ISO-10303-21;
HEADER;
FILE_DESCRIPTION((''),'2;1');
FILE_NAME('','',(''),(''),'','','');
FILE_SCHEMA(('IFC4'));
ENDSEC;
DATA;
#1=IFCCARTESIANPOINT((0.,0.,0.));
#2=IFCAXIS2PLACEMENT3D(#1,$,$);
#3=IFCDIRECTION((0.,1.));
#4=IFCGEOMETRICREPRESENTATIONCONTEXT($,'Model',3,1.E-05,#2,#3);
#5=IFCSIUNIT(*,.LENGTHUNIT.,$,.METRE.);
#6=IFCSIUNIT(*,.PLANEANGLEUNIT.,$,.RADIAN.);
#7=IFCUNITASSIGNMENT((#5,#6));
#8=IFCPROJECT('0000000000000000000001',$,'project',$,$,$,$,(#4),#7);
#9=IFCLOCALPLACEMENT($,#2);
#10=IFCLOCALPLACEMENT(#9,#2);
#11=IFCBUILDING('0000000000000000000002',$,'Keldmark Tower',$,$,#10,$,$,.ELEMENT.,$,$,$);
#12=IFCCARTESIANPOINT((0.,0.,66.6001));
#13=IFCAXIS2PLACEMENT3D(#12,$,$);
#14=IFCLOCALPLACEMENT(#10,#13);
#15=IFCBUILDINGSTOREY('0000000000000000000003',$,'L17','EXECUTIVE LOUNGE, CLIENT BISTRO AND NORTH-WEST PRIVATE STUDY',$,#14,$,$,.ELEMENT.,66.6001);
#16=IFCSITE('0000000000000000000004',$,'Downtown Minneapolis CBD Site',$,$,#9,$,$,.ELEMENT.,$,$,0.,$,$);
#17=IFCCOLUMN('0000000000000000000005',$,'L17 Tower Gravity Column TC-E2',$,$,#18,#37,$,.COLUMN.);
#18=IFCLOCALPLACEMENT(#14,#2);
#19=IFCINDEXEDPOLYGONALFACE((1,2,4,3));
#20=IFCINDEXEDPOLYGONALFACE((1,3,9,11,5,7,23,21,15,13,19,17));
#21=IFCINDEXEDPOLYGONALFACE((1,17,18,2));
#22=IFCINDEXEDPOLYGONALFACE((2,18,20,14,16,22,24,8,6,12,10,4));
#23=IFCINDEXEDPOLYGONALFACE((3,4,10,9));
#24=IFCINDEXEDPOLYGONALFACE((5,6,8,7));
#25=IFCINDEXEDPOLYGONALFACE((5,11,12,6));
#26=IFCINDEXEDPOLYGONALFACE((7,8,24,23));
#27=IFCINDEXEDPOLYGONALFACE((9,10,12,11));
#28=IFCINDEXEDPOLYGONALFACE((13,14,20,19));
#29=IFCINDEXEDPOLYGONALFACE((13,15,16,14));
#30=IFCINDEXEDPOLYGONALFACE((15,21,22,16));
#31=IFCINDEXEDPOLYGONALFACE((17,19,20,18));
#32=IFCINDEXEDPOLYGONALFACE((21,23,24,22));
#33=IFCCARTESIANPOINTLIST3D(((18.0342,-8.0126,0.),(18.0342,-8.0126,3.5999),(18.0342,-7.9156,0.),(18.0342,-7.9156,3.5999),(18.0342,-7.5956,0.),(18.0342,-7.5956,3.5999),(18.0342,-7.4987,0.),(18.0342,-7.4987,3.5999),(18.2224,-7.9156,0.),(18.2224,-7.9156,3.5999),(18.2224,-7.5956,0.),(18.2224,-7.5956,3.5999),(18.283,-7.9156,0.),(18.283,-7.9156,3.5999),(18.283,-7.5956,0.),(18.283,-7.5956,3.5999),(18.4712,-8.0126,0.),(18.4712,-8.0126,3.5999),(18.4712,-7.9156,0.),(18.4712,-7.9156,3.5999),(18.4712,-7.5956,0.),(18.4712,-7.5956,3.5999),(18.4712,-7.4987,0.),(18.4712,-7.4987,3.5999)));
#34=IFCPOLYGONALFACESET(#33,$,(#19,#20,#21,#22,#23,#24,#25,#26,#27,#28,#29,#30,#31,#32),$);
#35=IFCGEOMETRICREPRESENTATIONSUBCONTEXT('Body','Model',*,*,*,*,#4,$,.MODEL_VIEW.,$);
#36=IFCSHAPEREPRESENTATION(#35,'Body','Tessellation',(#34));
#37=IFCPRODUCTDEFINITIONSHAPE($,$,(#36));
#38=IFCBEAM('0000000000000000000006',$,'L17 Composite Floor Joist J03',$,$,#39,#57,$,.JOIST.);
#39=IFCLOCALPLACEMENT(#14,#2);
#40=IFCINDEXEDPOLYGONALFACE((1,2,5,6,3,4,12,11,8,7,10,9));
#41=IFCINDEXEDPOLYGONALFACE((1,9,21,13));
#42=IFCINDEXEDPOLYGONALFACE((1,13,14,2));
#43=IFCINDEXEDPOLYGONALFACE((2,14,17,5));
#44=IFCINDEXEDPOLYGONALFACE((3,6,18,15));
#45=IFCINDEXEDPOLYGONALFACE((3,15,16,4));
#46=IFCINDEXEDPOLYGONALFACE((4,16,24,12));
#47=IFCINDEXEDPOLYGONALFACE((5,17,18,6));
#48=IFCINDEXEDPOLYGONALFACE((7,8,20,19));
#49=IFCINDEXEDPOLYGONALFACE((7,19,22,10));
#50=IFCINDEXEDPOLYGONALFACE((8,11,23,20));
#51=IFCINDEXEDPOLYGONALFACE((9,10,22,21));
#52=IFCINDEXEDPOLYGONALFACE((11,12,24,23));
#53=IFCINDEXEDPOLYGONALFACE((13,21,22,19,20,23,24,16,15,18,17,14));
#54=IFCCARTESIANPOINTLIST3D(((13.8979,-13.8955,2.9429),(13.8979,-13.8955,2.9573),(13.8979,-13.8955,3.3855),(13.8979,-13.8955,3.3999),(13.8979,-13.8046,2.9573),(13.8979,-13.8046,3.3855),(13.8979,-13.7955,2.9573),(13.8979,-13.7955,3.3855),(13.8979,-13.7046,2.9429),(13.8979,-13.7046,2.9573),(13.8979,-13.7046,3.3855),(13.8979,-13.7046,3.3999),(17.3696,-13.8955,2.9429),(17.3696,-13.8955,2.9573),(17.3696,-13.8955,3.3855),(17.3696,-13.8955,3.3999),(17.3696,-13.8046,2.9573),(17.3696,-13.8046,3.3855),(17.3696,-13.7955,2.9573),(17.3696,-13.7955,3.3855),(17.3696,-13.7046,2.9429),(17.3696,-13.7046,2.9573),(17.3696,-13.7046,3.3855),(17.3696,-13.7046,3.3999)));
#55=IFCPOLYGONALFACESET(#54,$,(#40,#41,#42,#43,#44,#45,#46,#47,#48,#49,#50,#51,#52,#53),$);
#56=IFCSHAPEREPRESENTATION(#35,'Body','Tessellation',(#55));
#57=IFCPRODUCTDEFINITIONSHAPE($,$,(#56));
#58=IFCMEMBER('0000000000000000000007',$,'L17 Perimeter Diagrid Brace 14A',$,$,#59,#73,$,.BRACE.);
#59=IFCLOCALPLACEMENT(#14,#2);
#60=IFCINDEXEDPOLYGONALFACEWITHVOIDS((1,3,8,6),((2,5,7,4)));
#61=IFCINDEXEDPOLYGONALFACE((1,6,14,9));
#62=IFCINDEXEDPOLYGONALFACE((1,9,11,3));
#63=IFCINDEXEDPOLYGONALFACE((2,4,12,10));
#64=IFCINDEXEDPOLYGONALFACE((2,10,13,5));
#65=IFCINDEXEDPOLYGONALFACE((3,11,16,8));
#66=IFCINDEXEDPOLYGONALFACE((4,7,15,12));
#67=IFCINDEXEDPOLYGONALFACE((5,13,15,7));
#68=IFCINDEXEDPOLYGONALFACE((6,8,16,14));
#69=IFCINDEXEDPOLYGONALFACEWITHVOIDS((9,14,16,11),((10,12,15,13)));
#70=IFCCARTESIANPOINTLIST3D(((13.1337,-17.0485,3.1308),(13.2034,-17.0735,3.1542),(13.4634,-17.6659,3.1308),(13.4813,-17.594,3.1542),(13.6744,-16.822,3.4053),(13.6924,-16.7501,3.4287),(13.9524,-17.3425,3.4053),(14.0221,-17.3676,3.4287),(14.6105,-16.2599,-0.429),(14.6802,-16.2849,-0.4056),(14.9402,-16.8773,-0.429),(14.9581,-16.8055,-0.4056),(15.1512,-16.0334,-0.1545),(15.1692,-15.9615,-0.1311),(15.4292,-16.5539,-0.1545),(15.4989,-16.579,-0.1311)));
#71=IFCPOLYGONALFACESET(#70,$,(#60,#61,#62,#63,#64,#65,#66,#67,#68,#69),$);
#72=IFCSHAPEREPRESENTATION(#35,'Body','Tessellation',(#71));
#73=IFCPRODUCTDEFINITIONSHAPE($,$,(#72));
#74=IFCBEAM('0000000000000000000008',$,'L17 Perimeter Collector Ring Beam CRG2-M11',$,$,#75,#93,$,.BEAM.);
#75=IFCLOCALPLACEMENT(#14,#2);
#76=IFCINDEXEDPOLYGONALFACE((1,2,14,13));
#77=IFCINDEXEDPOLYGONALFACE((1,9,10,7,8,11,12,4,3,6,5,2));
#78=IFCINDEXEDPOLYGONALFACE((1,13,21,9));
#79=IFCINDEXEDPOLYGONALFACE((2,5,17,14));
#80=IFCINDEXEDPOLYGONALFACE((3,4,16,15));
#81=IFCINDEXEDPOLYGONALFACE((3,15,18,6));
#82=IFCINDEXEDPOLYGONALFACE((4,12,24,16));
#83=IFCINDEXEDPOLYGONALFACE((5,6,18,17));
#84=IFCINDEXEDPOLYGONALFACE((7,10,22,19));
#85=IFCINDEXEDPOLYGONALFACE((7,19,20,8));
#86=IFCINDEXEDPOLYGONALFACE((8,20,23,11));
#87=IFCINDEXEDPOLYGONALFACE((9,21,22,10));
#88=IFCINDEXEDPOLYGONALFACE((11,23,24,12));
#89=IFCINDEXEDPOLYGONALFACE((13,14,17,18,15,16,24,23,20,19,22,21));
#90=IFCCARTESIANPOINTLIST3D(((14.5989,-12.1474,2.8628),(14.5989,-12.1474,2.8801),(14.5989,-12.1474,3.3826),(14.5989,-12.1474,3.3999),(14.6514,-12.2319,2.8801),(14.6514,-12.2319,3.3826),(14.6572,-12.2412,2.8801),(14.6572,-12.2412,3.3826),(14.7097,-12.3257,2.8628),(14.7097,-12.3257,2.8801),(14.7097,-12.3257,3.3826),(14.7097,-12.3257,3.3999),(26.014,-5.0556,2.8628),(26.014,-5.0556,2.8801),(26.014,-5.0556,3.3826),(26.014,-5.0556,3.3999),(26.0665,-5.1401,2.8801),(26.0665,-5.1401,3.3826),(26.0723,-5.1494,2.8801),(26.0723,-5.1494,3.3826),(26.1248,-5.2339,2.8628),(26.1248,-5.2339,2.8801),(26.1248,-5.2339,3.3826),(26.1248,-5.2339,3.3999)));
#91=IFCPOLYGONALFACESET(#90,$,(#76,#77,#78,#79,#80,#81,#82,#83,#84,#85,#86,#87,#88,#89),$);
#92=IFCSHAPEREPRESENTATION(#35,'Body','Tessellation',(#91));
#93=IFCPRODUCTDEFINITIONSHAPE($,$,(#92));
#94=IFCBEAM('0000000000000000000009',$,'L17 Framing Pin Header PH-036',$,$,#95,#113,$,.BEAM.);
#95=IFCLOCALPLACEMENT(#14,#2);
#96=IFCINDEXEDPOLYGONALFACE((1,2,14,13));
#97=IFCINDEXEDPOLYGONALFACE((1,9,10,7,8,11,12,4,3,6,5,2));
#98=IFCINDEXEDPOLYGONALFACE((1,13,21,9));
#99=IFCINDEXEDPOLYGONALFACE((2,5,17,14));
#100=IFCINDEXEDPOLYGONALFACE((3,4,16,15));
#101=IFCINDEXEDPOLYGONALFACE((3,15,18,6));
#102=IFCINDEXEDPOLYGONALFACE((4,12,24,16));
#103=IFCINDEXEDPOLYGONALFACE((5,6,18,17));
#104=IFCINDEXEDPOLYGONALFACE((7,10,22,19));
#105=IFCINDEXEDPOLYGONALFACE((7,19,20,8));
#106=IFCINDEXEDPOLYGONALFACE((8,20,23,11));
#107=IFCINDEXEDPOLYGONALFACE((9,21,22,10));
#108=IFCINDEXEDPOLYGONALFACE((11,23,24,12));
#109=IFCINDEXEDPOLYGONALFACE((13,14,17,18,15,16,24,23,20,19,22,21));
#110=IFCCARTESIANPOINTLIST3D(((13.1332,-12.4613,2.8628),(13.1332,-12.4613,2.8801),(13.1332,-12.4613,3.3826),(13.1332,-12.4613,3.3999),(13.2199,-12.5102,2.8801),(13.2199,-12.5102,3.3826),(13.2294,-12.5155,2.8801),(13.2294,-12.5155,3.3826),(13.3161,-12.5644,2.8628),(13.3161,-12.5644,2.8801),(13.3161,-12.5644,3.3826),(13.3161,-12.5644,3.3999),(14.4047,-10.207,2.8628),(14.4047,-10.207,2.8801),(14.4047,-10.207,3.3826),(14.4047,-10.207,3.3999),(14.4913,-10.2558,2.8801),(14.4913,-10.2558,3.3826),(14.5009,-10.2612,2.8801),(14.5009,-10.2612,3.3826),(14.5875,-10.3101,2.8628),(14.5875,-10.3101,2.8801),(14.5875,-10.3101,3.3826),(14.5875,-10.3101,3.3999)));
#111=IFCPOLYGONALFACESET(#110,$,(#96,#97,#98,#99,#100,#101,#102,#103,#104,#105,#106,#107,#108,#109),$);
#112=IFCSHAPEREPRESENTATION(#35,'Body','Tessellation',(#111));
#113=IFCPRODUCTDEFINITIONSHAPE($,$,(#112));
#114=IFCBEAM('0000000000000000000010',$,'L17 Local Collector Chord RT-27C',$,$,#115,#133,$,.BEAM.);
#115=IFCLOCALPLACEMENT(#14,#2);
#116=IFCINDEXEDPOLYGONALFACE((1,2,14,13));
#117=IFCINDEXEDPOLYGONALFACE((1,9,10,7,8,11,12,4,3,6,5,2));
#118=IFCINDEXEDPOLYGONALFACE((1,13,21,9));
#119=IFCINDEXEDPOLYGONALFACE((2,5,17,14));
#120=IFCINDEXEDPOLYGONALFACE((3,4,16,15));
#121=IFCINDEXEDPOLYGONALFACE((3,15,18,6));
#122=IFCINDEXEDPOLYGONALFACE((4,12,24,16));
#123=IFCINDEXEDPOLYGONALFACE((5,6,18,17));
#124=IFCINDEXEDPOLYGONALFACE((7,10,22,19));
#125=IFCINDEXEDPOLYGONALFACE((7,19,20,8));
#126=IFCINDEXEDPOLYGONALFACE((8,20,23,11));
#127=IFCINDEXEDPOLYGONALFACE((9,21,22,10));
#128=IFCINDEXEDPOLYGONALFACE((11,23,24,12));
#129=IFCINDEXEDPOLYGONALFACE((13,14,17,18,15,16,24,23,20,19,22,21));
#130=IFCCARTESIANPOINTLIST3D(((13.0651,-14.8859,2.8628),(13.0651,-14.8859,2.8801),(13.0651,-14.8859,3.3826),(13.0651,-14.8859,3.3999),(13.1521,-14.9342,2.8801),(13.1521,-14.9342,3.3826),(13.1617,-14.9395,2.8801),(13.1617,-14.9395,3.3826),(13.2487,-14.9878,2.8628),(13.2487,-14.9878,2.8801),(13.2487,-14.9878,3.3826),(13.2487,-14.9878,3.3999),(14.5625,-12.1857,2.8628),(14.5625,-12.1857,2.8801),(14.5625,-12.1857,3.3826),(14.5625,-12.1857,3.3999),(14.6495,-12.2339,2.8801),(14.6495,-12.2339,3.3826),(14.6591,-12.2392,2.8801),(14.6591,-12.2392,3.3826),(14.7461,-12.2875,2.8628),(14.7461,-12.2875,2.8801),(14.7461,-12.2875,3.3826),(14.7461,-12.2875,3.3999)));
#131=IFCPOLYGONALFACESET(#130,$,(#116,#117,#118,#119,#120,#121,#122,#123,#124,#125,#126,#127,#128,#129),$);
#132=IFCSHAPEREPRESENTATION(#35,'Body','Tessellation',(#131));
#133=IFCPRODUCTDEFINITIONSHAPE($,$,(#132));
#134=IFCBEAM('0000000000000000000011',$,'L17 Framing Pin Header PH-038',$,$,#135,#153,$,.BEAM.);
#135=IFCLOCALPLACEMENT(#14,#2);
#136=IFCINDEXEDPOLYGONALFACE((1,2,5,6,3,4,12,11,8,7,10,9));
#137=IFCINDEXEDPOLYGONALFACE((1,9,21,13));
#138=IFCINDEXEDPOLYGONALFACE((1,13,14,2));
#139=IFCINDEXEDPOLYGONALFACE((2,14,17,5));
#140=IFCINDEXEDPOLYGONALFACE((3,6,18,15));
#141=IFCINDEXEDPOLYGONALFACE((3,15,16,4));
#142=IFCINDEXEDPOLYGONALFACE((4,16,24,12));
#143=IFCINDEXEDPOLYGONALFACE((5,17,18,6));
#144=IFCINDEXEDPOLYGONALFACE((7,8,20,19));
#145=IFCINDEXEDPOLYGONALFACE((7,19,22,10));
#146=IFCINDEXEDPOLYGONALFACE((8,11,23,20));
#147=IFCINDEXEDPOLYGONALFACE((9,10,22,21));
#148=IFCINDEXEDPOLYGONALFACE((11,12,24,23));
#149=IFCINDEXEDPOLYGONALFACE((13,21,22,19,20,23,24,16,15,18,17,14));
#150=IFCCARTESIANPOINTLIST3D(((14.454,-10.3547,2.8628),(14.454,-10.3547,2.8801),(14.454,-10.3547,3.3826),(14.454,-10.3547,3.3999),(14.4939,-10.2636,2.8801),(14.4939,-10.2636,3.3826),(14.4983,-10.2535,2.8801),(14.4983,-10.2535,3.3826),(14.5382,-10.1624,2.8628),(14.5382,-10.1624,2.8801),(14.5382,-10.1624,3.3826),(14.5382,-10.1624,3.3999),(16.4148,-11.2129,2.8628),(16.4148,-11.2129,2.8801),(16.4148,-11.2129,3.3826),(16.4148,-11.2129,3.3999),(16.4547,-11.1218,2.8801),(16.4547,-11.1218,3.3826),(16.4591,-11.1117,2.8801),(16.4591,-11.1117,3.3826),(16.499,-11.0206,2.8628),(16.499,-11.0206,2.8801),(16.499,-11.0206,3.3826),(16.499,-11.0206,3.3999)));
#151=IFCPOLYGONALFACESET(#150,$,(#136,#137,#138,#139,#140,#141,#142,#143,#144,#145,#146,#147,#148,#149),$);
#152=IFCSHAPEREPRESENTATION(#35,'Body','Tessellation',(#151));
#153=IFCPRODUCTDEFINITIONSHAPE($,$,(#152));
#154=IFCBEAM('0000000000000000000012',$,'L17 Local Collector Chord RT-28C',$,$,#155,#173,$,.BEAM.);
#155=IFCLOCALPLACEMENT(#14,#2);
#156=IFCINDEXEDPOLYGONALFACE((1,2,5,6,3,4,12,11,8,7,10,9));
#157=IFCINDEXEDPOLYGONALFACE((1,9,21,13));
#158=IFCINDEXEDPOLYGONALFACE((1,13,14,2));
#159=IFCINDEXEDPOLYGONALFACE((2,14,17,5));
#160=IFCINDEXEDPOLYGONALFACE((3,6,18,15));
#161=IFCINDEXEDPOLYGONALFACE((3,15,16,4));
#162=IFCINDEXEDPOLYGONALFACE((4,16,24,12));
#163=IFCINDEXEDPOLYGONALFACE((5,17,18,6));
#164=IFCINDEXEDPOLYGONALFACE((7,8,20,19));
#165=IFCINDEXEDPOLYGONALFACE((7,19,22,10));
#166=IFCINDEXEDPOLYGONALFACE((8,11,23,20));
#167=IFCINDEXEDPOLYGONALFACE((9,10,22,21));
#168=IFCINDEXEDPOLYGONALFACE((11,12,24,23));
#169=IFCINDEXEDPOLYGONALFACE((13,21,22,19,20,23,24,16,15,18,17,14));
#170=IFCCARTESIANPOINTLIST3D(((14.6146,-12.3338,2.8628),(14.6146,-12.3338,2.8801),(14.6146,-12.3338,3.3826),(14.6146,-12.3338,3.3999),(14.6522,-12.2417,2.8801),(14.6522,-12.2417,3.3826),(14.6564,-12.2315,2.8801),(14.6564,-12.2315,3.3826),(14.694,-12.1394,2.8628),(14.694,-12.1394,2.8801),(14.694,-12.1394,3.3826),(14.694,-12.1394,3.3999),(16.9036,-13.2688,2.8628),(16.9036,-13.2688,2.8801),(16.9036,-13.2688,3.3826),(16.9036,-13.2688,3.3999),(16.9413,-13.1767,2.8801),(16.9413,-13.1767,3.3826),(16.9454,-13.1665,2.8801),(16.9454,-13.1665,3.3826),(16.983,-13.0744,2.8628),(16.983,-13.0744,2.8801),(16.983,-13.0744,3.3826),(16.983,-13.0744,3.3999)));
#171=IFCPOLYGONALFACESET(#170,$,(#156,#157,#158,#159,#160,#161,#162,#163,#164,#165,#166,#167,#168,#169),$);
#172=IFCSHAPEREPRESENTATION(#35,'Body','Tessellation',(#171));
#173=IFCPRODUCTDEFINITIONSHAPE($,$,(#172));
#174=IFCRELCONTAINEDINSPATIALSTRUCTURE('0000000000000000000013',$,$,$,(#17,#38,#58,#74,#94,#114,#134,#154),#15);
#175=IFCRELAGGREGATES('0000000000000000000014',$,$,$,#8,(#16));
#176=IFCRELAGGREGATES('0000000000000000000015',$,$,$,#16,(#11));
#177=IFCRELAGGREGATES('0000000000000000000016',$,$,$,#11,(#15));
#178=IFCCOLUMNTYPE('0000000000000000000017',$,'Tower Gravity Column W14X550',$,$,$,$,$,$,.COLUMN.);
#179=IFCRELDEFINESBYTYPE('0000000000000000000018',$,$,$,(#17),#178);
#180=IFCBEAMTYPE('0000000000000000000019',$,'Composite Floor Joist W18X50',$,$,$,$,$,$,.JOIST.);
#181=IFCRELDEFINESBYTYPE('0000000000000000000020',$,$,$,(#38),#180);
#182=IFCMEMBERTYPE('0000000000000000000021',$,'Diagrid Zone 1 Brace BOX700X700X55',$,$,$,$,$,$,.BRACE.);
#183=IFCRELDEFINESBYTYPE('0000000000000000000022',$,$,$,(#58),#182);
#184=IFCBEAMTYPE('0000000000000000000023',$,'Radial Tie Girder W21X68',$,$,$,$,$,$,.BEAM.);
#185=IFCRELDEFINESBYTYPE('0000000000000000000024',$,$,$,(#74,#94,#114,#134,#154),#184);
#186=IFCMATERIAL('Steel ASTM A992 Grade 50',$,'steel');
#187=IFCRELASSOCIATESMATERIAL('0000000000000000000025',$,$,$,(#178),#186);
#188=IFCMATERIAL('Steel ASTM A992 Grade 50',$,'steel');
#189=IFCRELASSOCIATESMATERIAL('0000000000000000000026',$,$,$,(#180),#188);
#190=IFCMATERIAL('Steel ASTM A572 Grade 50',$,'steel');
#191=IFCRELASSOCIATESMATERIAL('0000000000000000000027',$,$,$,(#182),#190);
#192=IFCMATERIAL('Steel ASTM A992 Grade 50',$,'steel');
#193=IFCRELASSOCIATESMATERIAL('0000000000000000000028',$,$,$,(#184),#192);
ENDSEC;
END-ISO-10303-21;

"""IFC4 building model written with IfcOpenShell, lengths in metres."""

from ifc_helpers import new_model, si_unit, direction, frame, origin, origin_2d, place, context, subcontext, project, spatial, hollow_rectangle, i_section, extrude, material, material_profile, profile_set, type_object, element, save


model = new_model("IFC4")

# Units and contexts
model_context = context("Model", 3, precision=1e-05, world=origin(), true_north=direction((0.0, 1.0)))
body_context = subcontext(model_context, "Body", "Model", "MODEL_VIEW")
ifc_project = project(units=[si_unit("LENGTHUNIT", "METRE"), si_unit("PLANEANGLEUNIT", "RADIAN")], contexts=[model_context])

# Site, building, storey
site_placement = place(None, origin())
site = spatial("IfcSite", under=ifc_project, at=site_placement, Name="Downtown Minneapolis CBD Site", CompositionType="ELEMENT", RefElevation=0.0)
building_placement = place(site_placement, origin())
building = spatial("IfcBuilding", under=site, at=building_placement, Name="Keldmark Tower", CompositionType="ELEMENT")
storey_placement = place(building_placement, frame((0.0, 0.0, 66.6001)))
storey = spatial("IfcBuildingStorey", under=building, at=storey_placement, Name="L17", Description="EXECUTIVE LOUNGE, CLIENT BISTRO AND NORTH-WEST PRIVATE STUDY", CompositionType="ELEMENT", Elevation=66.6001)

# Column
ifc_material_1 = material(Name="Steel ASTM A992 Grade 50", Category="steel")
ifc_material_profile_1 = material_profile(ifc_material_1, i_section(OverallWidth=0.437, OverallDepth=0.5139, WebThickness=0.0605, FlangeThickness=0.0969, at=origin_2d()), Name="W14X550")
ifc_profile_set_1 = profile_set([ifc_material_profile_1], Name="Steel ASTM A992 Grade 50")
column_type = type_object("IfcColumnType", Name="Tower Gravity Column W14X550", PredefinedType="COLUMN", material=ifc_profile_set_1)
column_placement = place(storey_placement, frame((18.2527, -7.7556, 0.0), z_axis=(0.0, 0.0, 1.0), x_axis=(1.0, 0.0, 0.0)))
element("IfcColumn", 1, at=column_placement, inside=storey, type_object=column_type, Name="L17 Tower Gravity Column TC-E2", PredefinedType="COLUMN", context=body_context, shape_type="SweptSolid", body=[
    extrude(i_section(OverallWidth=0.437, OverallDepth=0.5139, WebThickness=0.0605, FlangeThickness=0.0969, at=origin_2d()), origin(), (0.0, 0.0, 1.0), 3.5999),
])

# Beam
ifc_material_2 = material(Name="Steel ASTM A992 Grade 50", Category="steel")
ifc_material_profile_2 = material_profile(ifc_material_2, i_section(OverallWidth=0.1909, OverallDepth=0.457, WebThickness=0.009, FlangeThickness=0.0144, at=origin_2d()), Name="W18X50")
ifc_profile_set_2 = profile_set([ifc_material_profile_2], Name="Steel ASTM A992 Grade 50")
beam_type_1 = type_object("IfcBeamType", Name="Composite Floor Joist W18X50", PredefinedType="JOIST", material=ifc_profile_set_2)
beam_1_placement = place(storey_placement, frame((13.8979, -13.8, 3.1714), z_axis=(1.0, 0.0, 0.0), x_axis=(0.0, 1.0, 0.0)))
element("IfcBeam", 2, at=beam_1_placement, inside=storey, type_object=beam_type_1, Name="L17 Composite Floor Joist J03", PredefinedType="JOIST", context=body_context, shape_type="SweptSolid", body=[
    extrude(i_section(OverallWidth=0.1909, OverallDepth=0.457, WebThickness=0.009, FlangeThickness=0.0144, at=origin_2d()), origin(), (0.0, 0.0, 1.0), 3.4717),
])

# Member
ifc_material_3 = material(Name="Steel ASTM A572 Grade 50", Category="steel")
ifc_material_profile_3 = material_profile(ifc_material_3, hollow_rectangle(XDim=0.7, YDim=0.7, WallThickness=0.0549, at=origin_2d()), Name="BOX700X700X55")
ifc_profile_set_3 = profile_set([ifc_material_profile_3], Name="Steel ASTM A572 Grade 50")
member_type = type_object("IfcMemberType", Name="Diagrid Zone 1 Brace BOX700X700X55", PredefinedType="BRACE", material=ifc_profile_set_3)
member_placement = place(storey_placement, frame((15.0547, -16.4194, -0.28), z_axis=(-0.375411, -0.200459, 0.904921), x_axis=(0.471027, -0.882119, 0.0)))
element("IfcMember", 3, at=member_placement, inside=storey, type_object=member_type, Name="L17 Perimeter Diagrid Brace 14A", PredefinedType="BRACE", context=body_context, shape_type="SweptSolid", body=[
    extrude(hollow_rectangle(XDim=0.7, YDim=0.7, WallThickness=0.0549, at=origin_2d()), origin(), (0.0, 0.0, 1.0), 3.9338),
])

# Beams
ifc_material_4 = material(Name="Steel ASTM A992 Grade 50", Category="steel")
ifc_material_profile_4 = material_profile(ifc_material_4, i_section(OverallWidth=0.21, OverallDepth=0.5371, WebThickness=0.011, FlangeThickness=0.0173, at=origin_2d()), Name="W21X68")
ifc_profile_set_4 = profile_set([ifc_material_profile_4], Name="Steel ASTM A992 Grade 50")
beam_type_2 = type_object("IfcBeamType", Name="Radial Tie Girder W21X68", PredefinedType="BEAM", material=ifc_profile_set_4)
beam_2_placement = place(storey_placement, frame((14.6543, -12.2366, 3.1313), z_axis=(0.84942, 0.527717, 0.0), x_axis=(-0.527717, 0.84942, 0.0)))
element("IfcBeam", 4, at=beam_2_placement, inside=storey, type_object=beam_type_2, Name="L17 Perimeter Collector Ring Beam CRG2-M11", PredefinedType="BEAM", context=body_context, shape_type="SweptSolid", body=[
    extrude(i_section(OverallWidth=0.21, OverallDepth=0.5371, WebThickness=0.011, FlangeThickness=0.0173, at=origin_2d()), origin(), (0.0, 0.0, 1.0), 13.4387),
])
beam_3_placement = place(storey_placement, frame((14.4961, -10.2585, 3.1313), z_axis=(-0.491255, -0.871016, 0.0), x_axis=(0.871016, -0.491255, 0.0)))
element("IfcBeam", 5, at=beam_3_placement, inside=storey, type_object=beam_type_2, Name="L17 Framing Pin Header PH-036", PredefinedType="BEAM", context=body_context, shape_type="SweptSolid", body=[
    extrude(i_section(OverallWidth=0.21, OverallDepth=0.5371, WebThickness=0.011, FlangeThickness=0.0173, at=origin_2d()), origin(), (0.0, 0.0, 1.0), 2.5881),
])
beam_4_placement = place(storey_placement, frame((14.6543, -12.2366, 3.1313), z_axis=(-0.484951, -0.874541, 0.0), x_axis=(0.874541, -0.484951, 0.0)))
element("IfcBeam", 6, at=beam_4_placement, inside=storey, type_object=beam_type_2, Name="L17 Local Collector Chord RT-27C", PredefinedType="BEAM", context=body_context, shape_type="SweptSolid", body=[
    extrude(i_section(OverallWidth=0.21, OverallDepth=0.5371, WebThickness=0.011, FlangeThickness=0.0173, at=origin_2d()), origin(), (0.0, 0.0, 1.0), 3.0876),
])
beam_5_placement = place(storey_placement, frame((14.4961, -10.2585, 3.1313), z_axis=(0.916097, -0.400956, 0.0), x_axis=(0.400956, 0.916097, 0.0)))
element("IfcBeam", 7, at=beam_5_placement, inside=storey, type_object=beam_type_2, Name="L17 Framing Pin Header PH-038", PredefinedType="BEAM", context=body_context, shape_type="SweptSolid", body=[
    extrude(i_section(OverallWidth=0.21, OverallDepth=0.5371, WebThickness=0.011, FlangeThickness=0.0173, at=origin_2d()), origin(), (0.0, 0.0, 1.0), 2.1404),
])
beam_6_placement = place(storey_placement, frame((14.6543, -12.2366, 3.1313), z_axis=(0.925742, -0.378156, 0.0), x_axis=(0.378156, 0.925742, 0.0)))
element("IfcBeam", 8, at=beam_6_placement, inside=storey, type_object=beam_type_2, Name="L17 Local Collector Chord RT-28C", PredefinedType="BEAM", context=body_context, shape_type="SweptSolid", body=[
    extrude(i_section(OverallWidth=0.21, OverallDepth=0.5371, WebThickness=0.011, FlangeThickness=0.0173, at=origin_2d()), origin(), (0.0, 0.0, 1.0), 2.4727),
])

save(model, "model.ifc")
